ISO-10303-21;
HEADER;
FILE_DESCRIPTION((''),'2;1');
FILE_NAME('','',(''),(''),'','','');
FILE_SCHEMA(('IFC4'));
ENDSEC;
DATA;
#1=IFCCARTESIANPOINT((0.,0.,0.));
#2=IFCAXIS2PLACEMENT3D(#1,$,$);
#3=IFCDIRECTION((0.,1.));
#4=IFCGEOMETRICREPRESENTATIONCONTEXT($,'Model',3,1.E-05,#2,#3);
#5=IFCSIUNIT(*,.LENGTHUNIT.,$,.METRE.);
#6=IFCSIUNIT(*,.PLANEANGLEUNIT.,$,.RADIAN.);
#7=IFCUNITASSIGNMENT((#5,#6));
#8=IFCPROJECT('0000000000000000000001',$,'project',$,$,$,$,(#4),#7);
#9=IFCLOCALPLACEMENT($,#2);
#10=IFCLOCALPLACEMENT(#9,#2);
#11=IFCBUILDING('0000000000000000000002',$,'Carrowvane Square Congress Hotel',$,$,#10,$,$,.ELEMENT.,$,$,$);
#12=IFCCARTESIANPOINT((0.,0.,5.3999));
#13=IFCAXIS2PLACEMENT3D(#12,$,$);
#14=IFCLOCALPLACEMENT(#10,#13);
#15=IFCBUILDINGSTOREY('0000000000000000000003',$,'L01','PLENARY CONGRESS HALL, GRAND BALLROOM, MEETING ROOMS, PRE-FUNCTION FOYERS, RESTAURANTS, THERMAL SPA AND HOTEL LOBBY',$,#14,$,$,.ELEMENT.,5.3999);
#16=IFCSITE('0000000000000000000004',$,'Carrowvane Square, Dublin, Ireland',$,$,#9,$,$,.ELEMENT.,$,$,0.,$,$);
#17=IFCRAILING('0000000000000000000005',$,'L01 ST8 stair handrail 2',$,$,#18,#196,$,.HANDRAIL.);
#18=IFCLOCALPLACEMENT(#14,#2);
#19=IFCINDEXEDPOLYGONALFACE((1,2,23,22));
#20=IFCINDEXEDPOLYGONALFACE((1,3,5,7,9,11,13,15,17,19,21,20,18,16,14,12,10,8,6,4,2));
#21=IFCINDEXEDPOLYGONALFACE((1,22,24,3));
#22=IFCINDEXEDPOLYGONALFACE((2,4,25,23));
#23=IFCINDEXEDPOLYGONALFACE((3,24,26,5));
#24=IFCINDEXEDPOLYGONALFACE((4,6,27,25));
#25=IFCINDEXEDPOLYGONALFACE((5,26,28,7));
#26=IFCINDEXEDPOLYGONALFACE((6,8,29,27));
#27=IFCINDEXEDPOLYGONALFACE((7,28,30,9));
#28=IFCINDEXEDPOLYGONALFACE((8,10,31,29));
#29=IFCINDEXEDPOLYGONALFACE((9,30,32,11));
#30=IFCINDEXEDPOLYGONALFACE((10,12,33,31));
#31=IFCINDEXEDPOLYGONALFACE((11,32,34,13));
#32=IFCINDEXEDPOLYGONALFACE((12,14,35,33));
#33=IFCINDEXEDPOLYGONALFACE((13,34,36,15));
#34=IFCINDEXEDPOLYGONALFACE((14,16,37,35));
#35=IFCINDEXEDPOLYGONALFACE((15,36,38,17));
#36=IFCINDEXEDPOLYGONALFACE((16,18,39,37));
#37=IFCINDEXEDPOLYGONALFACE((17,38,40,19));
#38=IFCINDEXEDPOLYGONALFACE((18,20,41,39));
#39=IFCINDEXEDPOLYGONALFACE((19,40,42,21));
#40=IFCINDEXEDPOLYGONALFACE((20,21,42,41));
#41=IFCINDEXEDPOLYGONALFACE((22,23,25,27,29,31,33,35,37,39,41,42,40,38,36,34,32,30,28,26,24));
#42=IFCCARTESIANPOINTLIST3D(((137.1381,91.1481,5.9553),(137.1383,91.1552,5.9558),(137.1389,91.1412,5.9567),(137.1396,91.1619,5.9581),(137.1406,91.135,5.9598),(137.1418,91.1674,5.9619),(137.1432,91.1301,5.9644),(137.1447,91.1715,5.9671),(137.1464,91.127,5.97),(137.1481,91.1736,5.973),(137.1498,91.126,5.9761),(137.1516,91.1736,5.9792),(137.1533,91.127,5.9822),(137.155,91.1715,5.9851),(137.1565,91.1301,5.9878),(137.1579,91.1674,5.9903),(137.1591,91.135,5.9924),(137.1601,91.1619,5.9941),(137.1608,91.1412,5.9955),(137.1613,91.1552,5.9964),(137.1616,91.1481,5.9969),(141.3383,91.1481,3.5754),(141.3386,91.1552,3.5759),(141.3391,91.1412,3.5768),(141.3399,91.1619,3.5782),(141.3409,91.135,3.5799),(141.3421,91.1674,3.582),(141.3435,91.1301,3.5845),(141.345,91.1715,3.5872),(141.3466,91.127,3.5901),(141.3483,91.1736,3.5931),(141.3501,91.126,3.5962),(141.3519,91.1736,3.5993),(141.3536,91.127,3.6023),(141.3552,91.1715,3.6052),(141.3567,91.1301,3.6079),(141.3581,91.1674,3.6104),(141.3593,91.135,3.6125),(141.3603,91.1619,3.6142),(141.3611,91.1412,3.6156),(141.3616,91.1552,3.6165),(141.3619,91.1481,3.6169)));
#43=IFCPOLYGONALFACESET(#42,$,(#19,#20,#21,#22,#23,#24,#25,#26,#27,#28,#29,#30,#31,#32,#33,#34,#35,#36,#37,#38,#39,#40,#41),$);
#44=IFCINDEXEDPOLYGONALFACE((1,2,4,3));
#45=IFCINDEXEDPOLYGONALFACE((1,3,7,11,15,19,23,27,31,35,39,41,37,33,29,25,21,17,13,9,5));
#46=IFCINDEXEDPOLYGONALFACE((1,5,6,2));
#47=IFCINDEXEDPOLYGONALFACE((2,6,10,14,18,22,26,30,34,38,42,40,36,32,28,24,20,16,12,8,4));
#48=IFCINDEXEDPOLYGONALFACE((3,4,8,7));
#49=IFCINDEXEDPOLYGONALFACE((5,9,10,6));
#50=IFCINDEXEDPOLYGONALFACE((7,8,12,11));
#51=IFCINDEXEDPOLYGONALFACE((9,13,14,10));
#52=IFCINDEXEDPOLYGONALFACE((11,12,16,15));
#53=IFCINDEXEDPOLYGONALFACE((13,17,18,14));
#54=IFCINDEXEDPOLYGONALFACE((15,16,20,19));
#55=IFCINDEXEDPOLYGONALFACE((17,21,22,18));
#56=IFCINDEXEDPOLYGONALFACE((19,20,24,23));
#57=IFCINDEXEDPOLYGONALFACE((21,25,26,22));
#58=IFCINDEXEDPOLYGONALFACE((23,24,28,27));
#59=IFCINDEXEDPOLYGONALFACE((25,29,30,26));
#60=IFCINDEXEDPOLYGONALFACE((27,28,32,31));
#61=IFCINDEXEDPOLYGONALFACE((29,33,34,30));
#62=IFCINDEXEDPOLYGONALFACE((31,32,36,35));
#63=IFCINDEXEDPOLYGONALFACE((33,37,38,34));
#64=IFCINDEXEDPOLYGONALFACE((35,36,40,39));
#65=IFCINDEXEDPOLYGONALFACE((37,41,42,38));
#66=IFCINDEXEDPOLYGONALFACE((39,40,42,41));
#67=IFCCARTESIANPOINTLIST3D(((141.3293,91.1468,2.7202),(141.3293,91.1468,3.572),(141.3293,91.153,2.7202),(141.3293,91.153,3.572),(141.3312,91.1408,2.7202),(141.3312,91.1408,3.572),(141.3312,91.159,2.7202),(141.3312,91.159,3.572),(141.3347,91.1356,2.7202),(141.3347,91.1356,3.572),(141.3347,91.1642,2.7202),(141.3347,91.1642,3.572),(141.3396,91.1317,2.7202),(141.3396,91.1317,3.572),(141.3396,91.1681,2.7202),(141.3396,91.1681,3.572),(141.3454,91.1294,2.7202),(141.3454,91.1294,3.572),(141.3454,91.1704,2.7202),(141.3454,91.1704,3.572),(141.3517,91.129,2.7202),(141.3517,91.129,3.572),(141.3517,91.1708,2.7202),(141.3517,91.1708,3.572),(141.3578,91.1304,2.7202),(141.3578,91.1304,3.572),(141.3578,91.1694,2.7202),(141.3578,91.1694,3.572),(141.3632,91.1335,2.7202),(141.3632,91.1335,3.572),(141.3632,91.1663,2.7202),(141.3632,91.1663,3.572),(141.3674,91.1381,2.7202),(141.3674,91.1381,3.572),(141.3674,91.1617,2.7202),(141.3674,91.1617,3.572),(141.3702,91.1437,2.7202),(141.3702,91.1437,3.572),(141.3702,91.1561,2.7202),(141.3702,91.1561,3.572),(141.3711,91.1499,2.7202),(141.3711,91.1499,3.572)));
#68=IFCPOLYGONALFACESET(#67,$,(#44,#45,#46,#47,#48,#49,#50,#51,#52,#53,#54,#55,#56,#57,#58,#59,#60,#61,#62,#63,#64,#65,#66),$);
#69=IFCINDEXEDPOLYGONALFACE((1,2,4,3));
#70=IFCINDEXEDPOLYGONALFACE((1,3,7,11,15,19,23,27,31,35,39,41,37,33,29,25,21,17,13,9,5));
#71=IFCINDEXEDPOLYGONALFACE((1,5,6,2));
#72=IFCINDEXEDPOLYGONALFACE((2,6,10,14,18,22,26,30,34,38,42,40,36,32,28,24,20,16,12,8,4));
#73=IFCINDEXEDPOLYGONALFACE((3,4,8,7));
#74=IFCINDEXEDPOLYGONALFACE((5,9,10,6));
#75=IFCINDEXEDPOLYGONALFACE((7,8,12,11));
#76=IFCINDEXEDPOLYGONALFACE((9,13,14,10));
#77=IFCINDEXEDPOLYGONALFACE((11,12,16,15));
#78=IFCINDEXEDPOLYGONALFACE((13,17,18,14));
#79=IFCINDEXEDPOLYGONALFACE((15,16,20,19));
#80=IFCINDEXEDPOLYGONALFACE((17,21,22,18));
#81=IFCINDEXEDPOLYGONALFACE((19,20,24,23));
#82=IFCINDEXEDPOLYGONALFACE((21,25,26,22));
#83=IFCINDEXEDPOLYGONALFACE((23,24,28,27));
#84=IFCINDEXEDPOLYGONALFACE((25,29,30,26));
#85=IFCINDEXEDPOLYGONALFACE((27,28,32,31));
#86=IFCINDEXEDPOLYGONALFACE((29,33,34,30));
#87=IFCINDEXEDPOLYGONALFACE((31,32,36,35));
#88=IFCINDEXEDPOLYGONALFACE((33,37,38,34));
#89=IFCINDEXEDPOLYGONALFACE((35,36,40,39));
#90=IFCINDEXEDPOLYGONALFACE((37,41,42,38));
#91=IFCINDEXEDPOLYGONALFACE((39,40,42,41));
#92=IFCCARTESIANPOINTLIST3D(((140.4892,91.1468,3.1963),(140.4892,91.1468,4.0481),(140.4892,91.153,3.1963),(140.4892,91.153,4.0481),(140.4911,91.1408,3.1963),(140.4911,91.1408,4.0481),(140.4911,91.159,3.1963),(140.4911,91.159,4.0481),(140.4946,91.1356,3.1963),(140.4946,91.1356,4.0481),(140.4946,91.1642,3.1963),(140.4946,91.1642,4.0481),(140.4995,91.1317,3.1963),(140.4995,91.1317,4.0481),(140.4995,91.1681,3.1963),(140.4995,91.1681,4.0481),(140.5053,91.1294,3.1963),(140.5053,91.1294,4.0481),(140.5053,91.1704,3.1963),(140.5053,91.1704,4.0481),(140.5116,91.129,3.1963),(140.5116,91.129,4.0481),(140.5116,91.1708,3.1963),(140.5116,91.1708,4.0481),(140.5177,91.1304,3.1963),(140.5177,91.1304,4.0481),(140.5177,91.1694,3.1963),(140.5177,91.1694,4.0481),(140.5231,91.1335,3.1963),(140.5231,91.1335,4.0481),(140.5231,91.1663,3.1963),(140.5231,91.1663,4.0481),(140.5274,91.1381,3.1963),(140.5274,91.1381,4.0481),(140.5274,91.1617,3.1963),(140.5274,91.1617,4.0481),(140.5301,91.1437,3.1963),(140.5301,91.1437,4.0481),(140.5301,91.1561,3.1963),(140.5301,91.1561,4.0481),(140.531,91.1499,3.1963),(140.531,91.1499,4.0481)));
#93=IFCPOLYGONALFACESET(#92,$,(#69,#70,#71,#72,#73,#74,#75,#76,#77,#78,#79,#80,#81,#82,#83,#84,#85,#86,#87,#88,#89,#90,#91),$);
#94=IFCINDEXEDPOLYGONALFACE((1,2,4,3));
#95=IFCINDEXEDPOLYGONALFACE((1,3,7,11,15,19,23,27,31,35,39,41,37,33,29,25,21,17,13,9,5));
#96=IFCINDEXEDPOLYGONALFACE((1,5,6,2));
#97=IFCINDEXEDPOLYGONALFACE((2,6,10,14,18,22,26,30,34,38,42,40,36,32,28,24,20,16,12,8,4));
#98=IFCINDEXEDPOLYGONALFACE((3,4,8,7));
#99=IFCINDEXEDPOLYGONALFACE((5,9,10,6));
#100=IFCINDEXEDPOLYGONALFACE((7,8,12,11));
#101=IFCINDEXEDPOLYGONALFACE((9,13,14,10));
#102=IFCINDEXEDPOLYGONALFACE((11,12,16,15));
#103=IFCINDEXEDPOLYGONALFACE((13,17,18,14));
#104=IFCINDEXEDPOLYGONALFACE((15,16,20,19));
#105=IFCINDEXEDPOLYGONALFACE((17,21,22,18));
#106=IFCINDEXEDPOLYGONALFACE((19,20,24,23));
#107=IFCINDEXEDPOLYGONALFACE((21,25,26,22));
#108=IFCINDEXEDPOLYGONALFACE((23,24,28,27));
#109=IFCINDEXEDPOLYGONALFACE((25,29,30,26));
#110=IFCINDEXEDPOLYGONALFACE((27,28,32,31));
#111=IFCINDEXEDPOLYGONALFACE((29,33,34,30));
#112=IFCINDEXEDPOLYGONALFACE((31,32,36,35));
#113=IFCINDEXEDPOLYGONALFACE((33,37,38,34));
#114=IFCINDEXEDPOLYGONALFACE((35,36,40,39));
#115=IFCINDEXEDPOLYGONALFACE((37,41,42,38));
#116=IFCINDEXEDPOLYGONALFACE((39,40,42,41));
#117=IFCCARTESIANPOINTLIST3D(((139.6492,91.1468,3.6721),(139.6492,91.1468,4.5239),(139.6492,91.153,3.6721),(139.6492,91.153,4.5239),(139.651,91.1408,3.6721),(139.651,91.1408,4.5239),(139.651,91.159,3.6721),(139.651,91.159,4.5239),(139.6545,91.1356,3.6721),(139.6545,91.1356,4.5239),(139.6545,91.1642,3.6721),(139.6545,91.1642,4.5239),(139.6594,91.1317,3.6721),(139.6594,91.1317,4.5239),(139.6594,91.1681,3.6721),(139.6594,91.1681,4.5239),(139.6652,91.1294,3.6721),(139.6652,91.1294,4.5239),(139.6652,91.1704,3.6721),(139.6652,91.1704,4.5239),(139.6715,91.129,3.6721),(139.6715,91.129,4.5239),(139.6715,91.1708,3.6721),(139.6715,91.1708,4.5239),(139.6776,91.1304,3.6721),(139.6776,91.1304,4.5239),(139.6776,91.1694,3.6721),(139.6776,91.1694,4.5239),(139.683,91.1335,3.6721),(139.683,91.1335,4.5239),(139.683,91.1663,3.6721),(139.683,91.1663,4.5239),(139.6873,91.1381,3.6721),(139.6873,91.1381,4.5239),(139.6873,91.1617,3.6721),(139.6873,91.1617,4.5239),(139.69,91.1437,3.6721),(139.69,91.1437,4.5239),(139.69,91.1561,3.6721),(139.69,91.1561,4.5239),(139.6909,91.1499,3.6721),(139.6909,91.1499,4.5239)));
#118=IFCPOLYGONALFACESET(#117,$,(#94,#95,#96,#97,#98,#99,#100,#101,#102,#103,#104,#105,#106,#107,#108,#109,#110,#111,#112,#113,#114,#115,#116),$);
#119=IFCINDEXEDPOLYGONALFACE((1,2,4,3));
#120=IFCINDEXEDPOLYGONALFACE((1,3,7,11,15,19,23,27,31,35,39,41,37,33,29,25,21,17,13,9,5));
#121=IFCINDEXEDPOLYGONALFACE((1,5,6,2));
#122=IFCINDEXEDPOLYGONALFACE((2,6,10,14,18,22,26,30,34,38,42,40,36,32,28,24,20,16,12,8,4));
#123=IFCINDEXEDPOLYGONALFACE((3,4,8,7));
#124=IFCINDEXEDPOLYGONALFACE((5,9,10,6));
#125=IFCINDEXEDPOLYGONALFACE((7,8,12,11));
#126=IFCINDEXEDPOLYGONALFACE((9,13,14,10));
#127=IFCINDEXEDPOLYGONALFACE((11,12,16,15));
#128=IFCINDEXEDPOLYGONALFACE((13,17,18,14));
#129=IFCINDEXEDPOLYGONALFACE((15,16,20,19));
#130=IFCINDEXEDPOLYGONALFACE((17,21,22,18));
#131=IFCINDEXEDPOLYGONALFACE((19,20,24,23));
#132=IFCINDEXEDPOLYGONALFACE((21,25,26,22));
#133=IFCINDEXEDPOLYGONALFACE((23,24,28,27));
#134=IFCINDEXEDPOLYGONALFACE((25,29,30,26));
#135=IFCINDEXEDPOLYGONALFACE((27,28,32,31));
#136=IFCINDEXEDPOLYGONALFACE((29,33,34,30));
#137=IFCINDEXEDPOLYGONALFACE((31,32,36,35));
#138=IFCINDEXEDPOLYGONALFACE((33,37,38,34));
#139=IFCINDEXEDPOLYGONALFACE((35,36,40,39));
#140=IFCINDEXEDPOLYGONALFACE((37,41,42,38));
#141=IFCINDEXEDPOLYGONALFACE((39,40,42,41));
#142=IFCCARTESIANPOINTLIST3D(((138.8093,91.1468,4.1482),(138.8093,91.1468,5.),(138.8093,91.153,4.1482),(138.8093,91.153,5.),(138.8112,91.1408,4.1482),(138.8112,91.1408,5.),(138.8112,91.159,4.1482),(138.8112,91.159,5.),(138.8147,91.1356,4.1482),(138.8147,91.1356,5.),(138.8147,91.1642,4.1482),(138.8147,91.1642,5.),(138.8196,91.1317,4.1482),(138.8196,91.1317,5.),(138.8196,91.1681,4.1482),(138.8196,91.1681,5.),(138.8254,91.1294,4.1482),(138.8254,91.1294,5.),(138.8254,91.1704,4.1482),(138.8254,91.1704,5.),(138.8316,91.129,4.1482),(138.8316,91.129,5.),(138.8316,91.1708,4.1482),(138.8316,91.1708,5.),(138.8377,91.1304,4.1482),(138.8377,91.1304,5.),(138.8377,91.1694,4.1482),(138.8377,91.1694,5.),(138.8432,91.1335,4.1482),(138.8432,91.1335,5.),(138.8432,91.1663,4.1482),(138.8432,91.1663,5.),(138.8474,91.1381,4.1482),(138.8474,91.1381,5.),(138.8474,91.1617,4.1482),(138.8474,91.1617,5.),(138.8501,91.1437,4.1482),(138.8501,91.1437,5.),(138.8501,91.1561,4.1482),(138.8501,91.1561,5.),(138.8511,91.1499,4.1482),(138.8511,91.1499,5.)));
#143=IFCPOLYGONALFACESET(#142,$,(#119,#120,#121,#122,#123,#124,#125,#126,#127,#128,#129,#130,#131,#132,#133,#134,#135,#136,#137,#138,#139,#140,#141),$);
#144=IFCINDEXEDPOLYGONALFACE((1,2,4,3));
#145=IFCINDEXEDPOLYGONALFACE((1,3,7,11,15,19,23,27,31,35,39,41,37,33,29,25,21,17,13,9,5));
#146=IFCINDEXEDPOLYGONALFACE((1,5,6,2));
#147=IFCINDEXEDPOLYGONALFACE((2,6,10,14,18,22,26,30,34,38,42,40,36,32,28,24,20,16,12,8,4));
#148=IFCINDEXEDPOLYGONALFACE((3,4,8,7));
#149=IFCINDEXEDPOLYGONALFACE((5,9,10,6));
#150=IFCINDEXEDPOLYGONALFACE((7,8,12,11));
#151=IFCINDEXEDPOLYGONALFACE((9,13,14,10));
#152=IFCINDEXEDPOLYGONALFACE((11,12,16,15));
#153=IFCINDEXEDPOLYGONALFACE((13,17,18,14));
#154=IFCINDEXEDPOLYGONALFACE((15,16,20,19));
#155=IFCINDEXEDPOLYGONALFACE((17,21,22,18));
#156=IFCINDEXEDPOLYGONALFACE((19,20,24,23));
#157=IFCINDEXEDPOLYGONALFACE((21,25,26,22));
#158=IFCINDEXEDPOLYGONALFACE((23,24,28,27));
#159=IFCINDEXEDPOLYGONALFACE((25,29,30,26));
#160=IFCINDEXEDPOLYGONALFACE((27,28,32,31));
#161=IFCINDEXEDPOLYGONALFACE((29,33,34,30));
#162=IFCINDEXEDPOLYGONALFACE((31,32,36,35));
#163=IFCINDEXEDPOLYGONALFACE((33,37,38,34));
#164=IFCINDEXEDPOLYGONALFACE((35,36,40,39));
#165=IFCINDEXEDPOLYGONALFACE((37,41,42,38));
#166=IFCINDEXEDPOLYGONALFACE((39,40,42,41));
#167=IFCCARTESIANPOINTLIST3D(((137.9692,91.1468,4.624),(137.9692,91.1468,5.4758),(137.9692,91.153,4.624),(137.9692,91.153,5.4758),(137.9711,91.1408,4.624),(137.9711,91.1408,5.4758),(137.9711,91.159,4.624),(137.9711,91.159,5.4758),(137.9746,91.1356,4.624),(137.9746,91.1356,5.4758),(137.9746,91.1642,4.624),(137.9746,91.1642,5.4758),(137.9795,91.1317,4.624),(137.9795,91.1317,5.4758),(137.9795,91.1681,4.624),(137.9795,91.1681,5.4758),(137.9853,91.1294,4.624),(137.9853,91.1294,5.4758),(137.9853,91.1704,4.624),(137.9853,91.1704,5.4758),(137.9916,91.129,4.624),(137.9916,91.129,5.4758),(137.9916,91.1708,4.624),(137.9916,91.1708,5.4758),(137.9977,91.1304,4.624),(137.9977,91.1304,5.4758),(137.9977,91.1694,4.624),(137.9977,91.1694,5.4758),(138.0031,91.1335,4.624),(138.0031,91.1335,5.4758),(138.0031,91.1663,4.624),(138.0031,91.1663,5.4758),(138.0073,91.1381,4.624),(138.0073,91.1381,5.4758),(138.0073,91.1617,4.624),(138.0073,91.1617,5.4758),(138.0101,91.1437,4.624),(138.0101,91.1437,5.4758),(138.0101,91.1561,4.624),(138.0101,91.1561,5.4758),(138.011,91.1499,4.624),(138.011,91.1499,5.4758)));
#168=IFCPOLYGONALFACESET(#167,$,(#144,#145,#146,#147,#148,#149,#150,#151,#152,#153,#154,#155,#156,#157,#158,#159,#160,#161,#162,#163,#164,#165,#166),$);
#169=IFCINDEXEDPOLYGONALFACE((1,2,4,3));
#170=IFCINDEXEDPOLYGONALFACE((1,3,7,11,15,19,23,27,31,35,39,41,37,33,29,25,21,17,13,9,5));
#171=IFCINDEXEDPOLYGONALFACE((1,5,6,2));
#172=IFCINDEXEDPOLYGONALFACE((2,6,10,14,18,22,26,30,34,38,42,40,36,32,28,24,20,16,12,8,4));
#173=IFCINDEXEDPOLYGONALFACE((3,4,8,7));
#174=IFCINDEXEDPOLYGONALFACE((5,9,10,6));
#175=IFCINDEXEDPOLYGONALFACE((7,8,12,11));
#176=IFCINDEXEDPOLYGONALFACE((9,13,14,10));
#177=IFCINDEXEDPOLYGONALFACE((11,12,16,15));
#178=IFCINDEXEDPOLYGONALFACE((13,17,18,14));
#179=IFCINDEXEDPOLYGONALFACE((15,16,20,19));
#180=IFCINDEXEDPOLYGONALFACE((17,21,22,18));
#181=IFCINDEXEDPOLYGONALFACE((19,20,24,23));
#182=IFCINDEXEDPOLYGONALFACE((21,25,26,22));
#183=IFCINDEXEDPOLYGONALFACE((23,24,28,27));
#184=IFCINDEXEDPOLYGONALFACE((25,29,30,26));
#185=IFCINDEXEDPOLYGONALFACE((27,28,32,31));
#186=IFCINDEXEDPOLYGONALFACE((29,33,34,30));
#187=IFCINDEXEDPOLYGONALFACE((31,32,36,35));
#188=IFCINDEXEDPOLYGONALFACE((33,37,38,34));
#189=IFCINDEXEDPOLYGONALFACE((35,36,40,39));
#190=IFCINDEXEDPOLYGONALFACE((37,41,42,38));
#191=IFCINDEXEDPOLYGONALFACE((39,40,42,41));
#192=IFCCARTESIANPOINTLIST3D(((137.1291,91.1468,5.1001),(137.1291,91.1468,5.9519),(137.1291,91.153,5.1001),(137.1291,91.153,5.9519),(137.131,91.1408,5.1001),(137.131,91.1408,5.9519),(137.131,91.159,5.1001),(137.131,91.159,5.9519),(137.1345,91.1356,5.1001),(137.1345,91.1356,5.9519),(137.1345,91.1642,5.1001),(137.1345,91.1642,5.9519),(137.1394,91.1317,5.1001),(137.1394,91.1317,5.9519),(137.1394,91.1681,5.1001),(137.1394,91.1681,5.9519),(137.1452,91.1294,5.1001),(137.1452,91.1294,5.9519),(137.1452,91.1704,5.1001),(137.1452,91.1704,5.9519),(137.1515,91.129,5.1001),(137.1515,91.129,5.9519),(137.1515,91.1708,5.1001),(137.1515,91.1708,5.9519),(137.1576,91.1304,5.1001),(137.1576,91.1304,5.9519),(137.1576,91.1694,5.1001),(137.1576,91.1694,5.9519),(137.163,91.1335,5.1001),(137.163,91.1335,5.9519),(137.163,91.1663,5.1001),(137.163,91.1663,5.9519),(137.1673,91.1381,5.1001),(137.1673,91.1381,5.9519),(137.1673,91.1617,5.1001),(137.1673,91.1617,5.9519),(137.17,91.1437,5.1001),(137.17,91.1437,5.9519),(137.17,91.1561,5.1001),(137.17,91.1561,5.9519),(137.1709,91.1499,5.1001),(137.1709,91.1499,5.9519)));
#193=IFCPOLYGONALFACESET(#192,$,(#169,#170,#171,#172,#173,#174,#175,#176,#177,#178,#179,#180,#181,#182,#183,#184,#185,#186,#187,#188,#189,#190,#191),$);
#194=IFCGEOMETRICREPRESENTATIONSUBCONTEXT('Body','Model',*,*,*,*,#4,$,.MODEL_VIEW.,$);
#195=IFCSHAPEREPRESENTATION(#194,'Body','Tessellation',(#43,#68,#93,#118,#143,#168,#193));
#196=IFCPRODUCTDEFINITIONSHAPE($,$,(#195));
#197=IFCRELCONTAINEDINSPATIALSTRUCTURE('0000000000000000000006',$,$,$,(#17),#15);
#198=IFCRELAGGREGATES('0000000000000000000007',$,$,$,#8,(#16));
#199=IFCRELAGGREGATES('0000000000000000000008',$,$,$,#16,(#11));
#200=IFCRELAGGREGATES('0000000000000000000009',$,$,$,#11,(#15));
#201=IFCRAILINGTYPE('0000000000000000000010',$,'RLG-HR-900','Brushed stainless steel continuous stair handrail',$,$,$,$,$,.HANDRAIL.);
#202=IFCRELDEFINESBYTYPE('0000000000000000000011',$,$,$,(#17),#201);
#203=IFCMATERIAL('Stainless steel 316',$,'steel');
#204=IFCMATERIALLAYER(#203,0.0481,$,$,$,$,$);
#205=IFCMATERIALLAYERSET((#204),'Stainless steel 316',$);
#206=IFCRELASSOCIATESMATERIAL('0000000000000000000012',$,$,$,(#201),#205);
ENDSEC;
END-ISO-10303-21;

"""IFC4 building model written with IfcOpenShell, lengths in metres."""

from ifc_helpers import new_model, si_unit, direction, frame, origin, origin_2d, place, context, subcontext, project, spatial, circle, extrude, material, layer, layer_set, type_object, element, save


model = new_model("IFC4")

# Units and contexts
model_context = context("Model", 3, precision=1e-05, world=origin(), true_north=direction((0.0, 1.0)))
body_context = subcontext(model_context, "Body", "Model", "MODEL_VIEW")
ifc_project = project(units=[si_unit("LENGTHUNIT", "METRE"), si_unit("PLANEANGLEUNIT", "RADIAN")], contexts=[model_context])

# Site, building, storey
site_placement = place(None, origin())
site = spatial("IfcSite", under=ifc_project, at=site_placement, Name="Carrowvane Square, Dublin, Ireland", CompositionType="ELEMENT", RefElevation=0.0)
building_placement = place(site_placement, origin())
building = spatial("IfcBuilding", under=site, at=building_placement, Name="Carrowvane Square Congress Hotel", CompositionType="ELEMENT")
storey_placement = place(building_placement, frame((0.0, 0.0, 5.3999)))
storey = spatial("IfcBuildingStorey", under=building, at=storey_placement, Name="L01", Description="PLENARY CONGRESS HALL, GRAND BALLROOM, MEETING ROOMS, PRE-FUNCTION FOYERS, RESTAURANTS, THERMAL SPA AND HOTEL LOBBY", CompositionType="ELEMENT", Elevation=5.3999)

# Railing
ifc_material_1 = material(Name="Stainless steel 316", Category="steel")
ifc_layer_1 = layer(ifc_material_1, 0.0481)
ifc_layer_set_1 = layer_set([ifc_layer_1], Name="Stainless steel 316")
railing_type_1 = type_object("IfcRailingType", Name="RLG-HR-900", Description="Brushed stainless steel continuous stair handrail", PredefinedType="HANDRAIL", material=ifc_layer_set_1)
railing_1_placement = place(storey_placement, frame((141.3501, 91.1499, 2.7202)))
element("IfcRailing", 1, at=railing_1_placement, inside=storey, type_object=railing_type_1, Name="L01 ST8 stair handrail 2", PredefinedType="HANDRAIL", context=body_context, shape_type="SweptSolid", body=[
    extrude(circle(Radius=0.0239, at=origin_2d()), frame((0.0, 0.0, 0.876), z_axis=(-0.870042, 0.0, 0.492977), x_axis=(0.0, -1.0, 0.0)), (0.0, 0.0, 1.0), 4.8276),
    extrude(circle(Radius=0.021, at=origin_2d()), origin(), (0.0, 0.0, 1.0), 0.8518),
    extrude(circle(Radius=0.021, at=origin_2d()), frame((-0.8401, 0.0, 0.4761)), (0.0, 0.0, 1.0), 0.8518),
    extrude(circle(Radius=0.021, at=origin_2d()), frame((-1.6802, 0.0, 0.9519)), (0.0, 0.0, 1.0), 0.8518),
    extrude(circle(Radius=0.021, at=origin_2d()), frame((-2.52, 0.0, 1.428)), (0.0, 0.0, 1.0), 0.8518),
    extrude(circle(Radius=0.021, at=origin_2d()), frame((-3.3601, 0.0, 1.9038)), (0.0, 0.0, 1.0), 0.8518),
    extrude(circle(Radius=0.021, at=origin_2d()), frame((-4.2002, 0.0, 2.3799)), (0.0, 0.0, 1.0), 0.8518),
])

save(model, "model.ifc")
